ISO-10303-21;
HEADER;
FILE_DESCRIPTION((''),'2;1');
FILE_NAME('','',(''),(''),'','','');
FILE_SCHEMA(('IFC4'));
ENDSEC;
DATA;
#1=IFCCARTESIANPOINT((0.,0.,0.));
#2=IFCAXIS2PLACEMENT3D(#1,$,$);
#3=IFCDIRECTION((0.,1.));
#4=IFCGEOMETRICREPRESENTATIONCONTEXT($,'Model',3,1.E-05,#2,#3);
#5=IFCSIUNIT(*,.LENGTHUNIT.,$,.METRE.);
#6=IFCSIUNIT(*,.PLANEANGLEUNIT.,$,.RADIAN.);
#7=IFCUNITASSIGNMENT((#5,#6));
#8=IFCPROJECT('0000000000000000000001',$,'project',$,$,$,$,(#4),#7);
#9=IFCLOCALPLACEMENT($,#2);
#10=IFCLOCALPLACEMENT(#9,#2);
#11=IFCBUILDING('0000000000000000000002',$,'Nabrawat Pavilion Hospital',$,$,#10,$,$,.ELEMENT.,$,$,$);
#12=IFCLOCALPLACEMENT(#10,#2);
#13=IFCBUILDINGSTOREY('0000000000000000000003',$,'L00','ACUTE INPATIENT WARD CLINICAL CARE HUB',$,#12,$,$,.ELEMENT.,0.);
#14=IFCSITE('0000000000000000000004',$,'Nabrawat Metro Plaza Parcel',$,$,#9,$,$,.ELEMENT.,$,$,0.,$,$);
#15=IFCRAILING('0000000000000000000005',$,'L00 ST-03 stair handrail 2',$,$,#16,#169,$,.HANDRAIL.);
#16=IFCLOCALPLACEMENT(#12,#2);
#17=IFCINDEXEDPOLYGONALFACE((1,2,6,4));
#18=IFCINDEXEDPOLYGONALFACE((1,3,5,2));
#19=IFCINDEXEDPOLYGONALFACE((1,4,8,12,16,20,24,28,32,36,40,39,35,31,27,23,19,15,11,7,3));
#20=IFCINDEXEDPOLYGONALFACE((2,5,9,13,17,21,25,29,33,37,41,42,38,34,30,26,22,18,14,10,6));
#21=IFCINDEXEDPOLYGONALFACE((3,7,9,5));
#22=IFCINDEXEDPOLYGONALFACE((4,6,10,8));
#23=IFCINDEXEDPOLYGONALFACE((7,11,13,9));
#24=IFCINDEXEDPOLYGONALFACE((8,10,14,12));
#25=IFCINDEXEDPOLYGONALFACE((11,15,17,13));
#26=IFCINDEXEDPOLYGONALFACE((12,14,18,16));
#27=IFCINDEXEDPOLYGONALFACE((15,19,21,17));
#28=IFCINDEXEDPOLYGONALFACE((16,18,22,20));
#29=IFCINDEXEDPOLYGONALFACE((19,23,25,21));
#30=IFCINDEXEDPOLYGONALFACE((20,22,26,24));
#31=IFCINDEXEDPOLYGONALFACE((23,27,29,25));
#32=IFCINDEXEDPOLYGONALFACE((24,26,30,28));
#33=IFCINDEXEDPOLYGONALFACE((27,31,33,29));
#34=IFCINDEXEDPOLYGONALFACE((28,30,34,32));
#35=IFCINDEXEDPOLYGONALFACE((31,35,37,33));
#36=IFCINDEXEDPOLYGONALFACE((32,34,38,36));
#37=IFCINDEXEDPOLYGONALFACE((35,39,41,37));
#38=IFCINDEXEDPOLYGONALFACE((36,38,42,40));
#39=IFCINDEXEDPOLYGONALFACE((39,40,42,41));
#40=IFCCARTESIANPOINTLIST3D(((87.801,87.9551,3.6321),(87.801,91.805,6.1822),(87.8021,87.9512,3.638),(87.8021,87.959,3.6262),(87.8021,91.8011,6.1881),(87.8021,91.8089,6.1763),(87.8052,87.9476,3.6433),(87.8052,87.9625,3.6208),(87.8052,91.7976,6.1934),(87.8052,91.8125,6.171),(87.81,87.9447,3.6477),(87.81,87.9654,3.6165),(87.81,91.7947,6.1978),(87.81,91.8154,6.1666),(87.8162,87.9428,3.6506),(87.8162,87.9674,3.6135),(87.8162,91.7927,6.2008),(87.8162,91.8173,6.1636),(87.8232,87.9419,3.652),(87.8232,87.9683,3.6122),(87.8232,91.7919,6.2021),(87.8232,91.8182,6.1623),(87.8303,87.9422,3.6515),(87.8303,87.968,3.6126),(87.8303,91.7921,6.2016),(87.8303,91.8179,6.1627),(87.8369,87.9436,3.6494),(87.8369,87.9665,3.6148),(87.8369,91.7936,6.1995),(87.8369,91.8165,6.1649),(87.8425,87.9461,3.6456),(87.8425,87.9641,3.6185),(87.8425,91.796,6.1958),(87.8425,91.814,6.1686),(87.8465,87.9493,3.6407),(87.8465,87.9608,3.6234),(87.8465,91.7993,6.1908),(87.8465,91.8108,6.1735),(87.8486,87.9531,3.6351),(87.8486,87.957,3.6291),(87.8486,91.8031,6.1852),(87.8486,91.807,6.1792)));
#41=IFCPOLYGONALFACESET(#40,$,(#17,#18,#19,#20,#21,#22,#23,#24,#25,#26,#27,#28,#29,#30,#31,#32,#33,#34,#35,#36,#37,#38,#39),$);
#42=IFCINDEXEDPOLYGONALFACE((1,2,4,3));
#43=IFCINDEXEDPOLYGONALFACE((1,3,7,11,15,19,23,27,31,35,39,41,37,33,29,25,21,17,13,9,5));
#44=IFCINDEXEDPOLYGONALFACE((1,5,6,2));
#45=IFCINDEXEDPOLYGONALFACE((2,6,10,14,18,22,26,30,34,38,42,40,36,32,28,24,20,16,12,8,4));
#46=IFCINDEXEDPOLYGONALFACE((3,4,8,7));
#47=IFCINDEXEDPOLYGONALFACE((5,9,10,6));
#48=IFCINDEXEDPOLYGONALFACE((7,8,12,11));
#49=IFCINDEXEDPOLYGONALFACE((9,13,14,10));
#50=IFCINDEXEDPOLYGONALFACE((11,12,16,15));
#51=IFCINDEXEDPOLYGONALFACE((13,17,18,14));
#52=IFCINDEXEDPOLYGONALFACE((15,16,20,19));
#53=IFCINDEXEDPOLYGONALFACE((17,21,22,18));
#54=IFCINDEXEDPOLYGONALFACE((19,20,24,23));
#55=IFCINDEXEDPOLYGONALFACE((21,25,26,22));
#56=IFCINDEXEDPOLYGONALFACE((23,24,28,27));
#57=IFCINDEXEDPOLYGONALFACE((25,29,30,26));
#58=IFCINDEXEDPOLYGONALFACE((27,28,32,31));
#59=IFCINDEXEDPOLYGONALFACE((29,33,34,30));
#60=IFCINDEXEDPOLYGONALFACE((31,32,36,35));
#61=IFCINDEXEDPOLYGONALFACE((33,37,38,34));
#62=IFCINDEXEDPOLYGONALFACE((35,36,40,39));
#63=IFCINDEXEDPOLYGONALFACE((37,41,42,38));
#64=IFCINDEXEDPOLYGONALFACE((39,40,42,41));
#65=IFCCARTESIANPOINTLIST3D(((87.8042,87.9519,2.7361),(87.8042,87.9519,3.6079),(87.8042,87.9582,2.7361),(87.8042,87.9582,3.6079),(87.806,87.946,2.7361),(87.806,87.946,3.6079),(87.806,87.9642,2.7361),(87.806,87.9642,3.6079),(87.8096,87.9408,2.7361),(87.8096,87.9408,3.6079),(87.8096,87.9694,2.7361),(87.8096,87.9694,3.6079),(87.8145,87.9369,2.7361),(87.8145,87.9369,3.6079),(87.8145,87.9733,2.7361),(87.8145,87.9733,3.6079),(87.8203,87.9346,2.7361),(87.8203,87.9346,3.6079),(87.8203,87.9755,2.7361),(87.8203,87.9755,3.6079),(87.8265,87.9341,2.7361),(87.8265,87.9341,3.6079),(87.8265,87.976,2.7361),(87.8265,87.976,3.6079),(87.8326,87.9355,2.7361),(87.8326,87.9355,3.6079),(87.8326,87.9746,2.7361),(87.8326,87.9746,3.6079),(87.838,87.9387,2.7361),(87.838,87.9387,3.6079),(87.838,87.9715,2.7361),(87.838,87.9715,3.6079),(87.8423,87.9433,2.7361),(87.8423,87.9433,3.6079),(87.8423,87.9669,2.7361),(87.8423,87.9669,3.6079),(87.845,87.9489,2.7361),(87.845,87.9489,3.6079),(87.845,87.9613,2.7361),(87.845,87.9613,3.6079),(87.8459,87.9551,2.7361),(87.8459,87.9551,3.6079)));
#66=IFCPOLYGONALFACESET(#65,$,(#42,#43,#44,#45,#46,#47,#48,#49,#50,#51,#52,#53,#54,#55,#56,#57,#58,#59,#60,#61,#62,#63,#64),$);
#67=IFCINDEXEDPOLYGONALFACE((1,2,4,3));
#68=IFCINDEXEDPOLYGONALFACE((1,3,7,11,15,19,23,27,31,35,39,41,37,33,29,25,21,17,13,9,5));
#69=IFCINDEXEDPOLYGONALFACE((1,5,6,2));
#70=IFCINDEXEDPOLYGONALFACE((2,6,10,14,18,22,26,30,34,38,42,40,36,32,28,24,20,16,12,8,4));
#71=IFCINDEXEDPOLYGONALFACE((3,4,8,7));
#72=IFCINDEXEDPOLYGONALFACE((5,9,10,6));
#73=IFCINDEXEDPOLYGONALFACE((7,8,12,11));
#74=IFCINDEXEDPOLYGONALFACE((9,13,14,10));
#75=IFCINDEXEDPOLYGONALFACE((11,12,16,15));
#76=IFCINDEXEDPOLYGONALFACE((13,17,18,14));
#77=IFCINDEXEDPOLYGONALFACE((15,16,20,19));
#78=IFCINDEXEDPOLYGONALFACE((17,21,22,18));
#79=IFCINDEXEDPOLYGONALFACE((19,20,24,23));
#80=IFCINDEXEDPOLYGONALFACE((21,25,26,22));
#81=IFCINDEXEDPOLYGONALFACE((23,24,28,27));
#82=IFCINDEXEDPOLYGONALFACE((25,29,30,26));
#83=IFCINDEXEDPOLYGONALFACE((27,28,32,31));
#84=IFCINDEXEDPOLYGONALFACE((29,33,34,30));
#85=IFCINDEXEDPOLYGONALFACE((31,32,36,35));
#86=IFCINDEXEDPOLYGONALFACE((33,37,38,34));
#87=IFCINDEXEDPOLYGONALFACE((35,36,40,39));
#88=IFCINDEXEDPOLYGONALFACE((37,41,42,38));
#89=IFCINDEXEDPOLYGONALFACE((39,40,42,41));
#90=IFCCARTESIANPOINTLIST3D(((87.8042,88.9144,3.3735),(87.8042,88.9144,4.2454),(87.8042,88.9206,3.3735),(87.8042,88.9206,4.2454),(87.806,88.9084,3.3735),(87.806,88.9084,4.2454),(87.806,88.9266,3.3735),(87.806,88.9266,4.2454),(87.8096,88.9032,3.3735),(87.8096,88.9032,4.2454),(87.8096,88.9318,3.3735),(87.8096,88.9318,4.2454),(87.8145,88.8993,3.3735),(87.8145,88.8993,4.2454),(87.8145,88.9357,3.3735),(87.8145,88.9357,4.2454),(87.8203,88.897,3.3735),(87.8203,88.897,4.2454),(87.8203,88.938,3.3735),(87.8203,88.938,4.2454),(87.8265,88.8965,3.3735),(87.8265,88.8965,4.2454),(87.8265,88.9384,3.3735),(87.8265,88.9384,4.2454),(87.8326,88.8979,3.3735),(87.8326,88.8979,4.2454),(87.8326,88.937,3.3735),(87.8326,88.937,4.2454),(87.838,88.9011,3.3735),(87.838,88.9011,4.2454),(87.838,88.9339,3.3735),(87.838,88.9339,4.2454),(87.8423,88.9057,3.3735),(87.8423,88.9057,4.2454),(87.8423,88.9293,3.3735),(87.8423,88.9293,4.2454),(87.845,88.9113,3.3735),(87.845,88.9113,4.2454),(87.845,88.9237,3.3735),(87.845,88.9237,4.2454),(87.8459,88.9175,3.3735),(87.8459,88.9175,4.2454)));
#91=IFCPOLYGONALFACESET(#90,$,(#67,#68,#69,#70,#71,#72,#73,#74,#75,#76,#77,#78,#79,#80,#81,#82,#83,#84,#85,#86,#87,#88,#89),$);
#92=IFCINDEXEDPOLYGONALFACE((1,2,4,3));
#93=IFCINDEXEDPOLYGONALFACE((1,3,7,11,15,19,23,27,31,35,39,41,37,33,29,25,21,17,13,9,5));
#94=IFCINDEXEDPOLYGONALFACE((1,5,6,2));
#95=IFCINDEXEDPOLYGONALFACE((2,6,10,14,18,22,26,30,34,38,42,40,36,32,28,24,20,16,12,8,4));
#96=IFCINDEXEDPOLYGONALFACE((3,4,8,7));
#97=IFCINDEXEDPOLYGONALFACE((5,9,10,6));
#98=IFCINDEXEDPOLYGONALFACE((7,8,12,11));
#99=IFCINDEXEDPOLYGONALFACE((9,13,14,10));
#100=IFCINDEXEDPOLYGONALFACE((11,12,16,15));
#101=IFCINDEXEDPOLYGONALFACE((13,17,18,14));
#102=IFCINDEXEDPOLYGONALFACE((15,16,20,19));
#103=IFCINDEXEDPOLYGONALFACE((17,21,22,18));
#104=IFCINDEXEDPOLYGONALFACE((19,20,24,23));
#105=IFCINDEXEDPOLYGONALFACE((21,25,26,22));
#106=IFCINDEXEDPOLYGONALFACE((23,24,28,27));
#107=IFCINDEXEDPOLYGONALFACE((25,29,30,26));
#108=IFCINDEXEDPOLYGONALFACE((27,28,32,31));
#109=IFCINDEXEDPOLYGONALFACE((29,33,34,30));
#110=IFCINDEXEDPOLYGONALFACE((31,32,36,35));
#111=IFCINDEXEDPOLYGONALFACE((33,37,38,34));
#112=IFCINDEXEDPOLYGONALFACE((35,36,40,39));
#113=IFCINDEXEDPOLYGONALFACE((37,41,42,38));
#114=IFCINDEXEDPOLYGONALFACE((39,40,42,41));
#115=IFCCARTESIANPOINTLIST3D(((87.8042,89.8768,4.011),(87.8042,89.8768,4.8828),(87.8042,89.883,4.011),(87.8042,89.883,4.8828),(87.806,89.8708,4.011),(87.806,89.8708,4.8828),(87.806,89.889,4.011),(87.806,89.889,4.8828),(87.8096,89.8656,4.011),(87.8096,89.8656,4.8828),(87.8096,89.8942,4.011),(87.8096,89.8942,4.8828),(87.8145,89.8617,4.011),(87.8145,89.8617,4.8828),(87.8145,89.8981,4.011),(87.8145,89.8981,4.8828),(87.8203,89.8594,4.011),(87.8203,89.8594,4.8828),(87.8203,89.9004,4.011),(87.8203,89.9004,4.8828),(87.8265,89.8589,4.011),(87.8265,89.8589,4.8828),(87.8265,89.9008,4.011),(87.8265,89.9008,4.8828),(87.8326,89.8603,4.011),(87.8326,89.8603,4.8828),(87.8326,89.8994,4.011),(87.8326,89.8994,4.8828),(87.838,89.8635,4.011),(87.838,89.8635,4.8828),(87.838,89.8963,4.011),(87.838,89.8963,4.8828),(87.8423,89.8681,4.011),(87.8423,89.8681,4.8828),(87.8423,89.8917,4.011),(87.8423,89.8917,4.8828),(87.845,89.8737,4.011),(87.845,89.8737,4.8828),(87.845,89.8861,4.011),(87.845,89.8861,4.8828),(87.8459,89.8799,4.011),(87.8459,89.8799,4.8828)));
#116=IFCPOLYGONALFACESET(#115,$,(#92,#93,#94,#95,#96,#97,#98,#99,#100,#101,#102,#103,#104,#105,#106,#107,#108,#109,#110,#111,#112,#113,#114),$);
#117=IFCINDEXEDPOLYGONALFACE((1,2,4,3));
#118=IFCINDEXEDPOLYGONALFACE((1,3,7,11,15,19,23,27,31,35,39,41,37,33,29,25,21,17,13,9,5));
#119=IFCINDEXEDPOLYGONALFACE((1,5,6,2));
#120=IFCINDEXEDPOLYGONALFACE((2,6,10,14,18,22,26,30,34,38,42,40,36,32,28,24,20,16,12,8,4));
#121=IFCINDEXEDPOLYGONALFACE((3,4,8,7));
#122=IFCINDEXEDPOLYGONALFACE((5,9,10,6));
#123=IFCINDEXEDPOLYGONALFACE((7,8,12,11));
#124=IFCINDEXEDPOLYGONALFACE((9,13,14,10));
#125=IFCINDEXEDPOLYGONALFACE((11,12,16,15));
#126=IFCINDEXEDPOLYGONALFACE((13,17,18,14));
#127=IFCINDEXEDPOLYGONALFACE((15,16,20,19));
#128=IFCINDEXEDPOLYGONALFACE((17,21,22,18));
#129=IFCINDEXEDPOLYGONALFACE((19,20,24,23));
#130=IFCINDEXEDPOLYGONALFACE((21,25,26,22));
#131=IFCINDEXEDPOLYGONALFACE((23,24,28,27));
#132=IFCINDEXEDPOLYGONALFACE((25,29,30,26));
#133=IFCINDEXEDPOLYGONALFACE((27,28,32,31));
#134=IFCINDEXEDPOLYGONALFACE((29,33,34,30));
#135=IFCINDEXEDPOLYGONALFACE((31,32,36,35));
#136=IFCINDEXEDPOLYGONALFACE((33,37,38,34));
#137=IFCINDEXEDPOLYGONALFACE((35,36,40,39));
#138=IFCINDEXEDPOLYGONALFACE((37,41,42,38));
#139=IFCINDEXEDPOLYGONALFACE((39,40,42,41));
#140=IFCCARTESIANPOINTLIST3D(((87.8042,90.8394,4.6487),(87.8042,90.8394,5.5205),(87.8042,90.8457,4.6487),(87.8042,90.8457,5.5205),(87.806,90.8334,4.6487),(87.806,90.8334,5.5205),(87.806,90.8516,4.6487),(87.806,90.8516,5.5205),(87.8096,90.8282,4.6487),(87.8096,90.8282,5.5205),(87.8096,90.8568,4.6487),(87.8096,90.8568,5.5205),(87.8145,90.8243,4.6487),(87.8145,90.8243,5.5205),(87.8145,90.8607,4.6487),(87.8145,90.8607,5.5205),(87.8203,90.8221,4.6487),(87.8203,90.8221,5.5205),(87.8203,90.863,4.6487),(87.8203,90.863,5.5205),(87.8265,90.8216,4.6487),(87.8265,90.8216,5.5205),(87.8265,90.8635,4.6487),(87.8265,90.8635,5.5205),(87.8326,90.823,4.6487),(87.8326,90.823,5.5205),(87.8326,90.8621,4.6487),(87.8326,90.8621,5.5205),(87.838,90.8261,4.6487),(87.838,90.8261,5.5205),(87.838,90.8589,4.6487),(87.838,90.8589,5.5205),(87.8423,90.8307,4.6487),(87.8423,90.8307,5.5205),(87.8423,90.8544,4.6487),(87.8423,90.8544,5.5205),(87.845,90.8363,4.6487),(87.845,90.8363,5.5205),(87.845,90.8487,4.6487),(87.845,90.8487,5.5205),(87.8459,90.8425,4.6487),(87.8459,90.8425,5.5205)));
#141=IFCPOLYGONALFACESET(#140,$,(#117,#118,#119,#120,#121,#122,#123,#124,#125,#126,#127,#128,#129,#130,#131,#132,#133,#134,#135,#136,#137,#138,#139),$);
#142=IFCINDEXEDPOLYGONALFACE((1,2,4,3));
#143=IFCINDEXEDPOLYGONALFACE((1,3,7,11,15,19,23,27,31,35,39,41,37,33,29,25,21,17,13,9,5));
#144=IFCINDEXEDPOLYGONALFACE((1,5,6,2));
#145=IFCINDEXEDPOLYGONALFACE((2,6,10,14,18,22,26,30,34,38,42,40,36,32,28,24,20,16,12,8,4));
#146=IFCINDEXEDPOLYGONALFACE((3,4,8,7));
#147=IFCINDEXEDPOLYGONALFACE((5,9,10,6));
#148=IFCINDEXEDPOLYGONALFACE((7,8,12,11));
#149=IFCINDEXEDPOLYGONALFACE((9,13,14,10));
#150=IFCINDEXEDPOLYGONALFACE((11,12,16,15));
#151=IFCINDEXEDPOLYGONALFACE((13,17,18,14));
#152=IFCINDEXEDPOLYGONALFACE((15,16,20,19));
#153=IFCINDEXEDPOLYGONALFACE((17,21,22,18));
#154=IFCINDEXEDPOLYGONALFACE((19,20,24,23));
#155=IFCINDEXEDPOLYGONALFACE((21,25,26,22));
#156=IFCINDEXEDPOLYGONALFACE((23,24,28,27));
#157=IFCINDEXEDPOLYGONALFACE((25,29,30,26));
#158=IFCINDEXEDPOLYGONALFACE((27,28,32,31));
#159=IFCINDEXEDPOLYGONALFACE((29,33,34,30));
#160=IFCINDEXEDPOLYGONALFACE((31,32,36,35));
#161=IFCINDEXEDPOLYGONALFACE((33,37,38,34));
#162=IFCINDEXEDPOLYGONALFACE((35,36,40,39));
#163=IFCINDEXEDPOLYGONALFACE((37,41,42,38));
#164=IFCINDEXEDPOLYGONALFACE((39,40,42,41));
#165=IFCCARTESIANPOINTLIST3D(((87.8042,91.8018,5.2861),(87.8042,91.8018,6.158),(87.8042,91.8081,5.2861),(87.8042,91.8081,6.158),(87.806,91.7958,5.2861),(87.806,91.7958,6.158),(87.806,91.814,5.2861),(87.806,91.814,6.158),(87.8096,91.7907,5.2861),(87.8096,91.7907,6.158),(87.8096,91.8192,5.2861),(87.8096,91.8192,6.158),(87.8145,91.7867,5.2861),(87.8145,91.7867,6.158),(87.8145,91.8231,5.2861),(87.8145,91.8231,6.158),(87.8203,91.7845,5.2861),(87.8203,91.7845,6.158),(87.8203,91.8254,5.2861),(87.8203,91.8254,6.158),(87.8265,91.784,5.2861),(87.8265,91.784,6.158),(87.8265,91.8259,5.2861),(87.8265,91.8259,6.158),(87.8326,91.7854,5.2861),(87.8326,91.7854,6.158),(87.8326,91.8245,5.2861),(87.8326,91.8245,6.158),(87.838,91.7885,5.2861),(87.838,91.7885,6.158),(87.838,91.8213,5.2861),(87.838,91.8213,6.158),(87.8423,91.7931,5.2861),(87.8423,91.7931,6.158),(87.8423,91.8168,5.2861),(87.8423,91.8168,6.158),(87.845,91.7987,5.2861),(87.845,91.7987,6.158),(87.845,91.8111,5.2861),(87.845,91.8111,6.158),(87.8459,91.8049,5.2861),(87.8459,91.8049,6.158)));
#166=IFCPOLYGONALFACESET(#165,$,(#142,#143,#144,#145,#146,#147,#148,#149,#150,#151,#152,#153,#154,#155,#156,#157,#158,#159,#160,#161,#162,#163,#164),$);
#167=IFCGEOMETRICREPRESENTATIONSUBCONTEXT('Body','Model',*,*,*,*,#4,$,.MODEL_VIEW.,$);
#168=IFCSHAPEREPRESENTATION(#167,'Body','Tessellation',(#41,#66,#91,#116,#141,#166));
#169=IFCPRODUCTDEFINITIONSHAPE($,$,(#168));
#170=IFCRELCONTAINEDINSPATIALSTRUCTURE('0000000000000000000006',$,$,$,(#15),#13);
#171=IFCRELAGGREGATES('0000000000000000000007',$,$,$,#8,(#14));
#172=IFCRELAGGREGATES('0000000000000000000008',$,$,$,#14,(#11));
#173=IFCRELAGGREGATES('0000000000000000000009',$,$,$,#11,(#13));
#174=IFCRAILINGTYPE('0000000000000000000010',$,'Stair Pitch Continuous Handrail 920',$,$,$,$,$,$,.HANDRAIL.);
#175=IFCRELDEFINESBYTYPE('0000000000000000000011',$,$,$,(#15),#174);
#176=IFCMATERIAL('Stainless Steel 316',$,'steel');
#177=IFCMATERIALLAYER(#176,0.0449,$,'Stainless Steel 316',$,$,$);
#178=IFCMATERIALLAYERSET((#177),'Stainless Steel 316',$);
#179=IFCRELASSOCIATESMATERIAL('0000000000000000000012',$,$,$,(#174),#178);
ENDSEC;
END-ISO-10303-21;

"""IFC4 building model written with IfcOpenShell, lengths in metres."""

from ifc_helpers import new_model, si_unit, direction, frame, origin, origin_2d, place, context, subcontext, project, spatial, circle, extrude, material, layer, layer_set, type_object, element, save


model = new_model("IFC4")

# Units and contexts
model_context = context("Model", 3, precision=1e-05, world=origin(), true_north=direction((0.0, 1.0)))
body_context = subcontext(model_context, "Body", "Model", "MODEL_VIEW")
ifc_project = project(units=[si_unit("LENGTHUNIT", "METRE"), si_unit("PLANEANGLEUNIT", "RADIAN")], contexts=[model_context])

# Site, building, storey
site_placement = place(None, origin())
site = spatial("IfcSite", under=ifc_project, at=site_placement, Name="Nabrawat Metro Plaza Parcel", CompositionType="ELEMENT", RefElevation=0.0)
building_placement = place(site_placement, origin())
building = spatial("IfcBuilding", under=site, at=building_placement, Name="Nabrawat Pavilion Hospital", CompositionType="ELEMENT")
storey_placement = place(building_placement, origin())
storey = spatial("IfcBuildingStorey", under=building, at=storey_placement, Name="L00", Description="ACUTE INPATIENT WARD CLINICAL CARE HUB", CompositionType="ELEMENT", Elevation=0.0)

# Railing
ifc_material_1 = material(Name="Stainless Steel 316", Category="steel")
ifc_layer_1 = layer(ifc_material_1, 0.0449, Name="Stainless Steel 316")
ifc_layer_set_1 = layer_set([ifc_layer_1], Name="Stainless Steel 316")
railing_type = type_object("IfcRailingType", Name="Stair Pitch Continuous Handrail 920", PredefinedType="HANDRAIL", material=ifc_layer_set_1)
railing_placement = place(storey_placement, frame((87.825, 87.9551, 2.7361)))
element("IfcRailing", 1, at=railing_placement, inside=storey, type_object=railing_type, Name="L00 ST-03 stair handrail 2", PredefinedType="HANDRAIL", context=body_context, shape_type="SweptSolid", body=[
    extrude(circle(Radius=0.0239, at=origin_2d()), frame((0.0, 0.0, 0.896), z_axis=(0.0, 0.833698, 0.552221), x_axis=(-1.0, 0.0, 0.0)), (0.0, 0.0, 1.0), 4.6179),
    extrude(circle(Radius=0.021, at=origin_2d()), origin(), (0.0, 0.0, 1.0), 0.8718),
    extrude(circle(Radius=0.021, at=origin_2d()), frame((0.0, 0.9624, 0.6375)), (0.0, 0.0, 1.0), 0.8718),
    extrude(circle(Radius=0.021, at=origin_2d()), frame((0.0, 1.9248, 1.2749)), (0.0, 0.0, 1.0), 0.8718),
    extrude(circle(Radius=0.021, at=origin_2d()), frame((0.0, 2.8875, 1.9126)), (0.0, 0.0, 1.0), 0.8718),
    extrude(circle(Radius=0.021, at=origin_2d()), frame((0.0, 3.8499, 2.55)), (0.0, 0.0, 1.0), 0.8718),
])

save(model, "model.ifc")
